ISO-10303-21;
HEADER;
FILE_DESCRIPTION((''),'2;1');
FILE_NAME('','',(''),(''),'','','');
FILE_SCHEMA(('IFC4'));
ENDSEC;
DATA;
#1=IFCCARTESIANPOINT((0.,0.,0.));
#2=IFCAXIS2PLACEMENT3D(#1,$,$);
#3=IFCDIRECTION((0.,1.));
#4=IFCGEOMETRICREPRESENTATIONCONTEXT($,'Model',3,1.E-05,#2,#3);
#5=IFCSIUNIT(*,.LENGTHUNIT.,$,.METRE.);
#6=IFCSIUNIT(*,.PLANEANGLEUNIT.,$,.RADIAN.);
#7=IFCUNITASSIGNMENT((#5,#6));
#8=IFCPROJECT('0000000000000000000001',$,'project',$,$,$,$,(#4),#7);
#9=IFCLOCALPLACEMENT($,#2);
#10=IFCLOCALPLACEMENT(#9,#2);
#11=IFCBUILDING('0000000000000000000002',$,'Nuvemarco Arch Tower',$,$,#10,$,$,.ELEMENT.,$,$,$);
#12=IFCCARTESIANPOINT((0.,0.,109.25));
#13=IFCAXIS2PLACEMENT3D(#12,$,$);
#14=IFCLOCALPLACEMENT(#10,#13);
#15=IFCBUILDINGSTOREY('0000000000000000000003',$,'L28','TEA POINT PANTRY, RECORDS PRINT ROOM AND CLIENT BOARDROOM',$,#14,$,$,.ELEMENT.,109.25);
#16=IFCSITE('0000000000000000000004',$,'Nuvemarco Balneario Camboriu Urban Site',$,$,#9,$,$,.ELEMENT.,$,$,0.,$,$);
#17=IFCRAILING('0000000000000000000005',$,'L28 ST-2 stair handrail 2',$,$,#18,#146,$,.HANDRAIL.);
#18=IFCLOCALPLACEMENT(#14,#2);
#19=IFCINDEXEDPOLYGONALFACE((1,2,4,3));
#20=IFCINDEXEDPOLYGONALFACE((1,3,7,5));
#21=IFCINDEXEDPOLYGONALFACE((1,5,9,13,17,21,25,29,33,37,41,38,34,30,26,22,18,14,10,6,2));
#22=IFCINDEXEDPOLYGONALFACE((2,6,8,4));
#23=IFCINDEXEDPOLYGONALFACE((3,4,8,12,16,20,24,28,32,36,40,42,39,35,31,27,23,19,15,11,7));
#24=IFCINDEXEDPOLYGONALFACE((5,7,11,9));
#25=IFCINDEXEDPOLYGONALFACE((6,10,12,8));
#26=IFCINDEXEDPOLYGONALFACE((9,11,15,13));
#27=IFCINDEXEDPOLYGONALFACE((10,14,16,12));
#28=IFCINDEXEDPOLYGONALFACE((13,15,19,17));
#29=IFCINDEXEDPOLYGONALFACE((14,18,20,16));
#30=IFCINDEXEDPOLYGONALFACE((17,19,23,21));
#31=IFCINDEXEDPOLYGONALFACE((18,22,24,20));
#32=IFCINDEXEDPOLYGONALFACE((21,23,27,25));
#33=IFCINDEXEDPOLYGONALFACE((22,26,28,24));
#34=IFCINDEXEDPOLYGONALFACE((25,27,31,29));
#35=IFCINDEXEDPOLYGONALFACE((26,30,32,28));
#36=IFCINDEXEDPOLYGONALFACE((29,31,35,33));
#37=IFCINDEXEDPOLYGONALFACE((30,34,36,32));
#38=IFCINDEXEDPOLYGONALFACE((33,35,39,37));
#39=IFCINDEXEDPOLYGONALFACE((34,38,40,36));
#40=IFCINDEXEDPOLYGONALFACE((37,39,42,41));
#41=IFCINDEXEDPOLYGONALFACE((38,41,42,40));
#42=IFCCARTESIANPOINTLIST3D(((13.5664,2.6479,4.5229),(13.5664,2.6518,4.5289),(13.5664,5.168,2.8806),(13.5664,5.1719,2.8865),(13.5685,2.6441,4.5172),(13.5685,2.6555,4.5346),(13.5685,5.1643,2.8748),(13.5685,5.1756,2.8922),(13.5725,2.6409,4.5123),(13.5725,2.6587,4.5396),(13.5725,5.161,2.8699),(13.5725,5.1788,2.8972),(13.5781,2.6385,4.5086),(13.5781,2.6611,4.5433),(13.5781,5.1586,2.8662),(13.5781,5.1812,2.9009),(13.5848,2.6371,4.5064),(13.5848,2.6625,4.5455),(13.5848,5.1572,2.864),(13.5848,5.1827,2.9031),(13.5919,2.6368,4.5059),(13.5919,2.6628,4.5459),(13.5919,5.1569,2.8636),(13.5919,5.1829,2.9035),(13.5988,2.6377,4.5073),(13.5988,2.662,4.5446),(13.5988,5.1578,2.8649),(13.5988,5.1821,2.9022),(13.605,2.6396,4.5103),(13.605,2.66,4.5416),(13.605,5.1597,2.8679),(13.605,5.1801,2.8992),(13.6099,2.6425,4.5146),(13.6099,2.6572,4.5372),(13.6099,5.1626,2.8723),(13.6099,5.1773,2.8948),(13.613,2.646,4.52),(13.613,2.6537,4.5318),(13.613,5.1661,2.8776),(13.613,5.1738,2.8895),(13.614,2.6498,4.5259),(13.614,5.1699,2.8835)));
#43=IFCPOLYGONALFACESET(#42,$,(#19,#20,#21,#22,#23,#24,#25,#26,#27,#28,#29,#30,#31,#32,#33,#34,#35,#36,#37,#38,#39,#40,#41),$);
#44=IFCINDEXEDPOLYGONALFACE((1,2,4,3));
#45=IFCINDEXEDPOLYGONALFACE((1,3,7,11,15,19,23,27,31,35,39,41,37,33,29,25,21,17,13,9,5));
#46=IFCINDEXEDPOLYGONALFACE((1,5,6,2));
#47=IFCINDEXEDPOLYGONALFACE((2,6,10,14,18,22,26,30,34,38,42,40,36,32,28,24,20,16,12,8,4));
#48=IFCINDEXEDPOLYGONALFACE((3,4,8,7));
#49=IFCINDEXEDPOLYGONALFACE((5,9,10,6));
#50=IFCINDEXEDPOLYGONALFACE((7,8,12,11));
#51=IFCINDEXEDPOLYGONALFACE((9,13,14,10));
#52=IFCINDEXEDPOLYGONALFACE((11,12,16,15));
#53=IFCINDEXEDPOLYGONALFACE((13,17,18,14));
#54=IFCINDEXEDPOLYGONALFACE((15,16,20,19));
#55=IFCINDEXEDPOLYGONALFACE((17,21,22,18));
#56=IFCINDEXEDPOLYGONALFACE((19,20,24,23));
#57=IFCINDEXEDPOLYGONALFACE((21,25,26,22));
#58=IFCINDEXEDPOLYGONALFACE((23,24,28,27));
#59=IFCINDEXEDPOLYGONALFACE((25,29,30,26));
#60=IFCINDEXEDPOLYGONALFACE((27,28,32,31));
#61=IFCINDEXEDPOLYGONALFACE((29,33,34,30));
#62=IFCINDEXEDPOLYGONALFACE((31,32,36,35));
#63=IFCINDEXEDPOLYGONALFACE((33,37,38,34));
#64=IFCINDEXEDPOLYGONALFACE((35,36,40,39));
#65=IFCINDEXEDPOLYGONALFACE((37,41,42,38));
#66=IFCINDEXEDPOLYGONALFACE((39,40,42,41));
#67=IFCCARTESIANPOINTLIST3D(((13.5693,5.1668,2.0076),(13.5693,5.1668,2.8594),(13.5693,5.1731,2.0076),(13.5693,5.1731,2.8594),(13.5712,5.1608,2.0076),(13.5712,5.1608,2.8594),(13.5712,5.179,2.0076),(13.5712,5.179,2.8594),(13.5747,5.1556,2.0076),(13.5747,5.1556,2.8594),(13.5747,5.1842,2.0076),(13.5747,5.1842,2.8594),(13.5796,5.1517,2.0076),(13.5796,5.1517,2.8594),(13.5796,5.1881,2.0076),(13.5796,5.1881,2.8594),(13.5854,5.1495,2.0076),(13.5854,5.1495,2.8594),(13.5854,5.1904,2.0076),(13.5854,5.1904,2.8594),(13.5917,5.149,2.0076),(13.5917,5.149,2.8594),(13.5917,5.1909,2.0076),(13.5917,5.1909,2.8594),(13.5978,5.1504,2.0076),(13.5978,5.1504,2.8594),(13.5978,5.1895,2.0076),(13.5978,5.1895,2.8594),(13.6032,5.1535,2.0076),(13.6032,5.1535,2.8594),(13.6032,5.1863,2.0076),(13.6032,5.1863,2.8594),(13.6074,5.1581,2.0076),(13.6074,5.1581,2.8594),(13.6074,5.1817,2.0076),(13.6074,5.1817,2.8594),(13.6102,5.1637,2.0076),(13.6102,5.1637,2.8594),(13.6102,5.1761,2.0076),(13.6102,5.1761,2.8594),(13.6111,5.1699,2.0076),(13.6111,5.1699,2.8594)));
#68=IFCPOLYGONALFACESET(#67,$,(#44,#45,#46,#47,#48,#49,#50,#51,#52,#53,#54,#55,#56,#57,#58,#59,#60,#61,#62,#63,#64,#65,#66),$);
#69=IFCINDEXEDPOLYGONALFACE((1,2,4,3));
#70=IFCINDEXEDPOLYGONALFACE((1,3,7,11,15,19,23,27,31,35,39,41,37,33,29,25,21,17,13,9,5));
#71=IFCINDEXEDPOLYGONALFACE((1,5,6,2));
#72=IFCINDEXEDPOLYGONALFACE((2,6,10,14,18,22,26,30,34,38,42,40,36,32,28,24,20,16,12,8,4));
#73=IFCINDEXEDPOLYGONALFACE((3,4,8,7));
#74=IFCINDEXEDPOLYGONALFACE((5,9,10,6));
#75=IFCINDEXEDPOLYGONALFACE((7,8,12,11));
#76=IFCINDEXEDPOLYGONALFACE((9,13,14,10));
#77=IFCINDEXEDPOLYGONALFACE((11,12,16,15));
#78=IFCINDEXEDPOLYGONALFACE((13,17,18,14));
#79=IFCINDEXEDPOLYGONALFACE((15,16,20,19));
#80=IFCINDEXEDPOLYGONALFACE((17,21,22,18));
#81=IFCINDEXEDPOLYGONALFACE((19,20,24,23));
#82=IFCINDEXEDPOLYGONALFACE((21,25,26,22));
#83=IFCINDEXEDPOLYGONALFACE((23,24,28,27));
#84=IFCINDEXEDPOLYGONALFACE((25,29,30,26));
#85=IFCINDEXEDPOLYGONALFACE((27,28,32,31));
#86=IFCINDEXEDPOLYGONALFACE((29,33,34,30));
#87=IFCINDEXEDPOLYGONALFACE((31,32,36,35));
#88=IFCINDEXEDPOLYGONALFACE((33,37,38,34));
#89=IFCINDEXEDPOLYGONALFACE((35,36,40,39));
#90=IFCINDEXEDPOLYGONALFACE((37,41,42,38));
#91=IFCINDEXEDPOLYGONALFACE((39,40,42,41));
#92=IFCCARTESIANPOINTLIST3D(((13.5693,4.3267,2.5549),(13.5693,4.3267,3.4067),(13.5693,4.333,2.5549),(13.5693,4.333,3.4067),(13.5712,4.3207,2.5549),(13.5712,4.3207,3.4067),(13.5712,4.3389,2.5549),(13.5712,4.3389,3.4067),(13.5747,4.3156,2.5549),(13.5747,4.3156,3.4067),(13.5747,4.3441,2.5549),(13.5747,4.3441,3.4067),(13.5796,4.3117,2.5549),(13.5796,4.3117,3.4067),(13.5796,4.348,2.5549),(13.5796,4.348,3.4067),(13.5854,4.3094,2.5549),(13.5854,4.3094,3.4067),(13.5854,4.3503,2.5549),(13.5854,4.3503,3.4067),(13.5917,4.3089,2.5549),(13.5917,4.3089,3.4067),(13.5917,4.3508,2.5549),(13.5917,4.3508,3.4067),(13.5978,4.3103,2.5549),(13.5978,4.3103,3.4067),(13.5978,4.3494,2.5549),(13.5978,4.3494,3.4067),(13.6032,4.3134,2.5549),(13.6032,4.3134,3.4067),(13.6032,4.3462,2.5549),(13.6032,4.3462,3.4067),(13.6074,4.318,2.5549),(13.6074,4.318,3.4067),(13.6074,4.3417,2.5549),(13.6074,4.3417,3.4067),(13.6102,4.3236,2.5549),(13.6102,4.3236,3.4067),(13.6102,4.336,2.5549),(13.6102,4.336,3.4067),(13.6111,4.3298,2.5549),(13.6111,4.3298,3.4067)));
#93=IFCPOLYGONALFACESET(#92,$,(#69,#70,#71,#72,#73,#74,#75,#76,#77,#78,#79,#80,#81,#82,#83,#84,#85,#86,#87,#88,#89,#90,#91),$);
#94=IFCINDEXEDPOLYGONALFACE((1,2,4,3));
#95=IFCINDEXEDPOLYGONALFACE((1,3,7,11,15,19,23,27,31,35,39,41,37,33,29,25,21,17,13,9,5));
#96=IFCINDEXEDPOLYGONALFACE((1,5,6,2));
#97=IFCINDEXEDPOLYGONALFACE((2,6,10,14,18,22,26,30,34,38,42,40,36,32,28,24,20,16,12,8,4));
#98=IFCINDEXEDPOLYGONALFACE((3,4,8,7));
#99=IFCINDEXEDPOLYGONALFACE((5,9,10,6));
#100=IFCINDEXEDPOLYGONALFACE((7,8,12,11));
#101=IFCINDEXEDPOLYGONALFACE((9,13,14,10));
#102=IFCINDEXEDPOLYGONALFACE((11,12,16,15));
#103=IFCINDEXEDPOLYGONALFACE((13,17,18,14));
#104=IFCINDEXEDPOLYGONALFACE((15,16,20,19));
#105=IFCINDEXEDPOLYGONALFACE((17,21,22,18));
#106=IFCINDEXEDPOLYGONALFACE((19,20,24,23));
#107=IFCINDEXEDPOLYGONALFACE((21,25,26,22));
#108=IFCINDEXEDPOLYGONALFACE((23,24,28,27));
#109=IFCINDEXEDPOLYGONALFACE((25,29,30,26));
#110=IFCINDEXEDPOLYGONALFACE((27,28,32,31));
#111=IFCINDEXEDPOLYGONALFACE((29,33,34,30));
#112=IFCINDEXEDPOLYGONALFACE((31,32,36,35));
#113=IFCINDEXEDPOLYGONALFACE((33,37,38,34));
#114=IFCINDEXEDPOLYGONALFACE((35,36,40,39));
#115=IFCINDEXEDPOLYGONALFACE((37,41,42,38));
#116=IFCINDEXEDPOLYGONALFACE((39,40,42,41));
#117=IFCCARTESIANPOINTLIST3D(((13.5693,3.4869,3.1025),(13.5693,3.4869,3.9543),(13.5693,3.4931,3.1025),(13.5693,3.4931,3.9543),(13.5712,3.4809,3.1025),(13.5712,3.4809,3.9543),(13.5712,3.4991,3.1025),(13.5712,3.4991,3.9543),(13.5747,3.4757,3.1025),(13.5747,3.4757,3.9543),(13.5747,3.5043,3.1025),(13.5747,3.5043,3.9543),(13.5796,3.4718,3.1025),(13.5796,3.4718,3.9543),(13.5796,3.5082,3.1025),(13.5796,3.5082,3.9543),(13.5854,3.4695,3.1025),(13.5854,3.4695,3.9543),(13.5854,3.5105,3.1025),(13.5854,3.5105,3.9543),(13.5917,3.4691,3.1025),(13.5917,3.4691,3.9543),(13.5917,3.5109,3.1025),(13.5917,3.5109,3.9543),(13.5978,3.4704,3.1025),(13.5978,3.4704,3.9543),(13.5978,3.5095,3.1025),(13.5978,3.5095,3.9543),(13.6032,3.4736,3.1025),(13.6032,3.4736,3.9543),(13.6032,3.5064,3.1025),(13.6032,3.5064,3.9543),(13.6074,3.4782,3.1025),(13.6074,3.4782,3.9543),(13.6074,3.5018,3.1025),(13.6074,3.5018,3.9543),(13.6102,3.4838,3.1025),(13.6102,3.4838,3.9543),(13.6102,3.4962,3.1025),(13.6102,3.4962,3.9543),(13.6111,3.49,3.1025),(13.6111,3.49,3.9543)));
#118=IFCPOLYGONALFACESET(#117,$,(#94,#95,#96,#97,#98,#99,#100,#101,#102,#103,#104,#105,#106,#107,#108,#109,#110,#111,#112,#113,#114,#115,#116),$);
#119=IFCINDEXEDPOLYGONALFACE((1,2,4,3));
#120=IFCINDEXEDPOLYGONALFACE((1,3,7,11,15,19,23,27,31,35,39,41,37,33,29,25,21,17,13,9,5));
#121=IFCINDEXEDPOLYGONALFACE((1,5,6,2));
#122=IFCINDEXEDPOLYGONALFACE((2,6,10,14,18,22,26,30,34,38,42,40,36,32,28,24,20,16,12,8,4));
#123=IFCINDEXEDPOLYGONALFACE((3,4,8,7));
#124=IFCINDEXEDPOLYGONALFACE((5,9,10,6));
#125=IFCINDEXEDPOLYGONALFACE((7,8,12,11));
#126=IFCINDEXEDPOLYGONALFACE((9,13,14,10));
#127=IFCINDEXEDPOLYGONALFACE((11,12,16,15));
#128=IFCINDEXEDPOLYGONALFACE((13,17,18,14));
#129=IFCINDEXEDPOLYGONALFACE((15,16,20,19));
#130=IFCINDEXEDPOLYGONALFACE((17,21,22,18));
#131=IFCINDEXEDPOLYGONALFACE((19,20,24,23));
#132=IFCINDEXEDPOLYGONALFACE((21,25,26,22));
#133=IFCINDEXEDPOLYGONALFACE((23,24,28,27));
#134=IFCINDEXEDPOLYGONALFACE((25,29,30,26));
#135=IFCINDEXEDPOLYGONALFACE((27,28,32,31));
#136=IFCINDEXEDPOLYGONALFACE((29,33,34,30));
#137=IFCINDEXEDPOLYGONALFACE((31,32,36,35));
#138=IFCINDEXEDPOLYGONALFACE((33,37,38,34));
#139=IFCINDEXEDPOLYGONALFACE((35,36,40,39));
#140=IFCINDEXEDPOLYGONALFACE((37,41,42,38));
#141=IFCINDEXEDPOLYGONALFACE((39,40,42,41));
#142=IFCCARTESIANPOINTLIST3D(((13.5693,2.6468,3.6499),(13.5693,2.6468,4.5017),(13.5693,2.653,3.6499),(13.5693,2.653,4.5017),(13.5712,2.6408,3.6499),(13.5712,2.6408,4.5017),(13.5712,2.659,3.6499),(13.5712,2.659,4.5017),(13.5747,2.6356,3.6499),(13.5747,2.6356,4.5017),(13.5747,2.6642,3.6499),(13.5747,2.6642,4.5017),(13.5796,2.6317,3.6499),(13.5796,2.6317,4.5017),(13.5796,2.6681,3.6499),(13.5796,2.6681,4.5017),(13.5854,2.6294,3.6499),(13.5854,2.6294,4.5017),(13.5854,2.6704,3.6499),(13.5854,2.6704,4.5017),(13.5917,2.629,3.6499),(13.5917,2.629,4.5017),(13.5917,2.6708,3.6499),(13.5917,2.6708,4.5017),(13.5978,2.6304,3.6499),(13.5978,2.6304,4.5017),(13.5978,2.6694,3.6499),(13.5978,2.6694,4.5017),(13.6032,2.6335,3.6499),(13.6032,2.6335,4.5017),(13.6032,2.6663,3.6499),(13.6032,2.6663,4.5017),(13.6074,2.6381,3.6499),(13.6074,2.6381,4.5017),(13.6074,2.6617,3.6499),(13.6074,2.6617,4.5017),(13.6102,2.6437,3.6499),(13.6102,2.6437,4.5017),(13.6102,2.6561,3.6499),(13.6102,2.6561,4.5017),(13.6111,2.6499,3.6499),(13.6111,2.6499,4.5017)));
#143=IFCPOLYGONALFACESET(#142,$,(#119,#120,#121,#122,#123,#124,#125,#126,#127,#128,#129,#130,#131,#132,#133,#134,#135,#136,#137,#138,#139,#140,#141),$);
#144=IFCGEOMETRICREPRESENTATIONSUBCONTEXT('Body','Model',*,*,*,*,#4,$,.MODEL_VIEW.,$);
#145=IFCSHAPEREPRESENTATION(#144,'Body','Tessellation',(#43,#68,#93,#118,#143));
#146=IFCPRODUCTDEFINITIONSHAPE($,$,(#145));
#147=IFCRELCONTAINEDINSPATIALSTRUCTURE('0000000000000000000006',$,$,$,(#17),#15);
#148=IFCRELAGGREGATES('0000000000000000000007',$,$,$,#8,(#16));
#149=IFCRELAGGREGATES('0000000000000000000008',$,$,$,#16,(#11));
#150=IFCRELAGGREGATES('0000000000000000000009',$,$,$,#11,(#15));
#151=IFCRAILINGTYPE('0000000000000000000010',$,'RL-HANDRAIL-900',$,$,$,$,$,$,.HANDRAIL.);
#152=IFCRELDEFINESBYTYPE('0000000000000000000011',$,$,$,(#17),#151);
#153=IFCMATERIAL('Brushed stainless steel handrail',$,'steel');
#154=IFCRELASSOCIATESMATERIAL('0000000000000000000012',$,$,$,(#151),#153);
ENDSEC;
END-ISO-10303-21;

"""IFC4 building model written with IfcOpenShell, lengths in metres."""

from ifc_helpers import new_model, si_unit, direction, frame, origin, origin_2d, place, context, subcontext, project, spatial, circle, extrude, material, type_object, element, save


model = new_model("IFC4")

# Units and contexts
model_context = context("Model", 3, precision=1e-05, world=origin(), true_north=direction((0.0, 1.0)))
body_context = subcontext(model_context, "Body", "Model", "MODEL_VIEW")
ifc_project = project(units=[si_unit("LENGTHUNIT", "METRE"), si_unit("PLANEANGLEUNIT", "RADIAN")], contexts=[model_context])

# Site, building, storey
site_placement = place(None, origin())
site = spatial("IfcSite", under=ifc_project, at=site_placement, Name="Nuvemarco Balneario Camboriu Urban Site", CompositionType="ELEMENT", RefElevation=0.0)
building_placement = place(site_placement, origin())
building = spatial("IfcBuilding", under=site, at=building_placement, Name="Nuvemarco Arch Tower", CompositionType="ELEMENT")
storey_placement = place(building_placement, frame((0.0, 0.0, 109.25)))
storey = spatial("IfcBuildingStorey", under=building, at=storey_placement, Name="L28", Description="TEA POINT PANTRY, RECORDS PRINT ROOM AND CLIENT BOARDROOM", CompositionType="ELEMENT", Elevation=109.25)

# Railing
ifc_material_1 = material(Name="Brushed stainless steel handrail", Category="steel")
railing_type = type_object("IfcRailingType", Name="RL-HANDRAIL-900", PredefinedType="HANDRAIL", material=ifc_material_1)
railing_placement = place(storey_placement, frame((13.5901, 5.1699, 2.0076)))
element("IfcRailing", 1, at=railing_placement, inside=storey, type_object=railing_type, Name="L28 ST-2 stair handrail 2", PredefinedType="HANDRAIL", context=body_context, shape_type="SweptSolid", body=[
    extrude(circle(Radius=0.0239, at=origin_2d()), frame((0.0, 0.0, 0.876), z_axis=(0.0, -0.837787, 0.545998), x_axis=(1.0, 0.0, 0.0)), (0.0, 0.0, 1.0), 3.0081),
    extrude(circle(Radius=0.021, at=origin_2d()), origin(), (0.0, 0.0, 1.0), 0.8518),
    extrude(circle(Radius=0.021, at=origin_2d()), frame((0.0, -0.8401, 0.5474)), (0.0, 0.0, 1.0), 0.8518),
    extrude(circle(Radius=0.021, at=origin_2d()), frame((0.0, -1.6799, 1.095)), (0.0, 0.0, 1.0), 0.8518),
    extrude(circle(Radius=0.021, at=origin_2d()), frame((0.0, -2.52, 1.6423)), (0.0, 0.0, 1.0), 0.8518),
])

save(model, "model.ifc")
